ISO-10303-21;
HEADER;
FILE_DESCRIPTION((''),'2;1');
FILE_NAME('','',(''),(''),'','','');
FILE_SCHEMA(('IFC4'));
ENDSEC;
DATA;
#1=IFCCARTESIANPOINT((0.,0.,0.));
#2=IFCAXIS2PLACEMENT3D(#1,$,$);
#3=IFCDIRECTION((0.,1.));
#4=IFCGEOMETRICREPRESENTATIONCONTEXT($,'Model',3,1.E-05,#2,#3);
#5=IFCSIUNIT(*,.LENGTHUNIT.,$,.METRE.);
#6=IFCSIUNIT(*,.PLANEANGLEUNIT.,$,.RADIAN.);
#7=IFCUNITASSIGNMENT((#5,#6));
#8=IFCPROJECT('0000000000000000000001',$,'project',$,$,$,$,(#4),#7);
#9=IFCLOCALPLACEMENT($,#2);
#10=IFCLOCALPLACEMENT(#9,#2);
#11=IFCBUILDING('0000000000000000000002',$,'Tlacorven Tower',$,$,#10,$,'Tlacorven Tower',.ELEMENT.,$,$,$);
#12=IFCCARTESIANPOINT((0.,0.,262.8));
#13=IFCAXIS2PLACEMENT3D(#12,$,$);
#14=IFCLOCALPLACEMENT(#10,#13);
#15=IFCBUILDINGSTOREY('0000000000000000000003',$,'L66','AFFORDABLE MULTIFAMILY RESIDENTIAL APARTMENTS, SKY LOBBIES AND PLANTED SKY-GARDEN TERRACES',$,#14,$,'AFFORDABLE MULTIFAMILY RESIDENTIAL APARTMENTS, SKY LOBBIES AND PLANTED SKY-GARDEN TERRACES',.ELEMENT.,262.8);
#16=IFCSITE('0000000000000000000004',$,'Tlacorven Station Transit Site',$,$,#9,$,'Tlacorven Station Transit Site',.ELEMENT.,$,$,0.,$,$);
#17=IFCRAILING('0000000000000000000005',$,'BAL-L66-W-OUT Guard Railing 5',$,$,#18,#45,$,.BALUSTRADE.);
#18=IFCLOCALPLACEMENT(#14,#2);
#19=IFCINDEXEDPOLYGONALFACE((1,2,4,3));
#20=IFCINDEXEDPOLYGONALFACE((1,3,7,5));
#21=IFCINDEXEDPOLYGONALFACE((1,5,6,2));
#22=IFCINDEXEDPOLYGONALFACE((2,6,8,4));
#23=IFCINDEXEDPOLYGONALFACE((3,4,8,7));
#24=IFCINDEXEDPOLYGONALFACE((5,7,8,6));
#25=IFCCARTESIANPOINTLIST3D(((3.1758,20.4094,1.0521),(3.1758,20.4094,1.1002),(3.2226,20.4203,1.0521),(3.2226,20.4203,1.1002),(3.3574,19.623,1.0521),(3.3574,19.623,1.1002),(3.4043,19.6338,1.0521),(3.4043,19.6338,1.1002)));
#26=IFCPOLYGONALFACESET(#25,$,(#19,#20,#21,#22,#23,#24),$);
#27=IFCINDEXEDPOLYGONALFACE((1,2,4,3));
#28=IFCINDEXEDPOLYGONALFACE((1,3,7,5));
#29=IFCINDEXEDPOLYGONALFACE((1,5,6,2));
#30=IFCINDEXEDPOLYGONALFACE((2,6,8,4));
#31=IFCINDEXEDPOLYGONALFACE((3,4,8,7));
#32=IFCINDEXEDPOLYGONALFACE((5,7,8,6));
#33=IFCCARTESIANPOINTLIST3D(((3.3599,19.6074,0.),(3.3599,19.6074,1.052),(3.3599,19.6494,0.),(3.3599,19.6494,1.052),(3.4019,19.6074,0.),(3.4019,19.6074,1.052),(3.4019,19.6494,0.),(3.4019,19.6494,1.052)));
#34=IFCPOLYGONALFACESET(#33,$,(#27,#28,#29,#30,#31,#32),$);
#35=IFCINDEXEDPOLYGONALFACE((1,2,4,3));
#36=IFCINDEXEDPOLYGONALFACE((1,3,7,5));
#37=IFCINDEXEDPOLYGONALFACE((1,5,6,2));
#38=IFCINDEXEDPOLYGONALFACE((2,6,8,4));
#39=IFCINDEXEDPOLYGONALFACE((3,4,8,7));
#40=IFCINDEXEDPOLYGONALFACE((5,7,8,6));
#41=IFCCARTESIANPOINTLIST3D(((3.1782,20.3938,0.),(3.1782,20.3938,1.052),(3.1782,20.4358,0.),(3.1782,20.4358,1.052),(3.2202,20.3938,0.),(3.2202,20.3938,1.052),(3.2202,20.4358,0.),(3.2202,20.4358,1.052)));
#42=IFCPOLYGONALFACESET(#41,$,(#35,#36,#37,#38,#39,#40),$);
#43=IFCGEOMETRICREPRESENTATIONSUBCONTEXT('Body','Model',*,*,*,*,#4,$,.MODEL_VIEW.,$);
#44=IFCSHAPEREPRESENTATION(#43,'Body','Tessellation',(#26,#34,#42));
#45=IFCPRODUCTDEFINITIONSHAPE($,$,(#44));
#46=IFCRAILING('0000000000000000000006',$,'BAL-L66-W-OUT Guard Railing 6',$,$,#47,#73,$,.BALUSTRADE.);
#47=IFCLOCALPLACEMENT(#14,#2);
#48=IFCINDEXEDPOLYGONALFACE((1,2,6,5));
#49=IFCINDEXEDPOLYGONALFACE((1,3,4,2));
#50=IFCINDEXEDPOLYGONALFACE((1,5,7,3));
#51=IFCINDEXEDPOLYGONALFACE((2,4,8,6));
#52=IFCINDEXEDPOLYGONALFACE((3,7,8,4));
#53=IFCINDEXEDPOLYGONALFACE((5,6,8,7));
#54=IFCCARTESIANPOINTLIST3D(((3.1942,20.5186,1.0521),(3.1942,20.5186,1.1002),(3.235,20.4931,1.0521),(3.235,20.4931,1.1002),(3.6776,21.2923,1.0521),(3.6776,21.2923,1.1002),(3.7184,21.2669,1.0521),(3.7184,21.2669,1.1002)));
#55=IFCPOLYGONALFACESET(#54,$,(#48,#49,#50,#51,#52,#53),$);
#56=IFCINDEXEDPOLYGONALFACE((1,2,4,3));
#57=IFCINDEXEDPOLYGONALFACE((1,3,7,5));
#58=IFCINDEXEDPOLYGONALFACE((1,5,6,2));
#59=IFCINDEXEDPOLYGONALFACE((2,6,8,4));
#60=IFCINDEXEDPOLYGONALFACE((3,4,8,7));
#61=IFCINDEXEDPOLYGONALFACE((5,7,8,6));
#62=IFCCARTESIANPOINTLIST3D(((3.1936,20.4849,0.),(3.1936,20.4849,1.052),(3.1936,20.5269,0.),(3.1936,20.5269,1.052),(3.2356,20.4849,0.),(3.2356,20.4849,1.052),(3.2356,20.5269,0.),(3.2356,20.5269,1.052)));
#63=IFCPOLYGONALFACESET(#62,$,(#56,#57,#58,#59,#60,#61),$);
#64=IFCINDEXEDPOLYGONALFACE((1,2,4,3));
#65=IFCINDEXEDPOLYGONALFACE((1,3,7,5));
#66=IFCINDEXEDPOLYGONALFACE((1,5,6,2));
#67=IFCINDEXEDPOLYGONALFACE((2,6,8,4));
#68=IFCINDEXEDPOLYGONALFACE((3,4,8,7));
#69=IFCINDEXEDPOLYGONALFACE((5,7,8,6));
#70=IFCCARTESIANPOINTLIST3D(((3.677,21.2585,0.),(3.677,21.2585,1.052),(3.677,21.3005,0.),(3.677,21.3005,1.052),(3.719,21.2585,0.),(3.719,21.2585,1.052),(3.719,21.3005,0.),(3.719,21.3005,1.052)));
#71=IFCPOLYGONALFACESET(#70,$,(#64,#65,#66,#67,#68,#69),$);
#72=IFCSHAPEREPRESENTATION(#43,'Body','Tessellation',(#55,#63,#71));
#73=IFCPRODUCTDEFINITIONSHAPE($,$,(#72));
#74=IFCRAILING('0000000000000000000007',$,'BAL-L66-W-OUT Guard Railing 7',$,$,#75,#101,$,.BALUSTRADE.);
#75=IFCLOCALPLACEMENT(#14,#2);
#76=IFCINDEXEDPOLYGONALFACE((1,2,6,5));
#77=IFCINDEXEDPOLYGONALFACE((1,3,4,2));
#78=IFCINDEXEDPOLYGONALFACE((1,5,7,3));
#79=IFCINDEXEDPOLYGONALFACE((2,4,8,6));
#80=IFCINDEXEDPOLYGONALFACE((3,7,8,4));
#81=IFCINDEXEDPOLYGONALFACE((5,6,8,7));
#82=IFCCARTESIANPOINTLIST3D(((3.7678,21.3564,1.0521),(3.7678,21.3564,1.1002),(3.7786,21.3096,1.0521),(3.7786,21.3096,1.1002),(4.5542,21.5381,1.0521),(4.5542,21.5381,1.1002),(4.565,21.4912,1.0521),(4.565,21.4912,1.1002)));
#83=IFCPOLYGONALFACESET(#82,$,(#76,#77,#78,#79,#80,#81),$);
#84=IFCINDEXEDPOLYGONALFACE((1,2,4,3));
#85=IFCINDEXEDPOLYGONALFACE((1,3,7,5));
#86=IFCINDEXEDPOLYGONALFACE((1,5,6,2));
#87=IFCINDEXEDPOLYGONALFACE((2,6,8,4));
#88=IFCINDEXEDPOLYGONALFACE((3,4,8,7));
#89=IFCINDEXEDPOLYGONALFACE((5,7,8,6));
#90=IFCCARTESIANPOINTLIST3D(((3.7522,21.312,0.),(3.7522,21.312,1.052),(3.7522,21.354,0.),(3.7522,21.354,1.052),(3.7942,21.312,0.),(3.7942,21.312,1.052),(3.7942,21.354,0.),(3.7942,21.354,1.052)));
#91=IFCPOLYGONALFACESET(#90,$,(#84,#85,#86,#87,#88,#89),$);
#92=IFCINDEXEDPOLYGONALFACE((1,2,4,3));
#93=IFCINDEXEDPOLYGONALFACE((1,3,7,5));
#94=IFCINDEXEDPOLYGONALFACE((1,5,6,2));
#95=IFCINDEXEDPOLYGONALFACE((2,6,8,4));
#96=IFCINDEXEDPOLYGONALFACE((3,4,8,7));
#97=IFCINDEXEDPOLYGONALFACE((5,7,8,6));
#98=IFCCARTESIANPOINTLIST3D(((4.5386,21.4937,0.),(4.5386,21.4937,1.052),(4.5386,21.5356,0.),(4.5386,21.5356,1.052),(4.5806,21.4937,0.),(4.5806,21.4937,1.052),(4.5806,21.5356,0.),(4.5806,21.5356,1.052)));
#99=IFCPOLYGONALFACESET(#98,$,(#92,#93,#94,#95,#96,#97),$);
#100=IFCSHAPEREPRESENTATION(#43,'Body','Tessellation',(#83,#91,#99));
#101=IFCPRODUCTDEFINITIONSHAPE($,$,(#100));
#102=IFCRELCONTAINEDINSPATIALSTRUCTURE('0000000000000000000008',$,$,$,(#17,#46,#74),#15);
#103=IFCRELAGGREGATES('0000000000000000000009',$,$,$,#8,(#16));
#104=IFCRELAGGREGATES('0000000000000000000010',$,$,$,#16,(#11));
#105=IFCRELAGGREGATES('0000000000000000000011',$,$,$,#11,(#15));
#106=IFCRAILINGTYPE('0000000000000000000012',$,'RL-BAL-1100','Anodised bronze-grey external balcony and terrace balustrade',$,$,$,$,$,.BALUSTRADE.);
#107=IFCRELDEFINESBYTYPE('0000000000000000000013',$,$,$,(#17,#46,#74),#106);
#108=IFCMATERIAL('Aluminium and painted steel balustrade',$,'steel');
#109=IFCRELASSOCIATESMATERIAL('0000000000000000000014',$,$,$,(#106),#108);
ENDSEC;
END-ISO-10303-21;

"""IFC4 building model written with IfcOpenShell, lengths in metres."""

from ifc_helpers import new_model, si_unit, direction, frame, origin, origin_2d, place, context, subcontext, project, spatial, rectangle, extrude, source, transform, mapped, material, type_object, element, save


model = new_model("IFC4")

# Units and contexts
model_context = context("Model", 3, precision=1e-05, world=origin(), true_north=direction((0.0, 1.0)))
body_context = subcontext(model_context, "Body", "Model", "MODEL_VIEW")
ifc_project = project(units=[si_unit("LENGTHUNIT", "METRE"), si_unit("PLANEANGLEUNIT", "RADIAN")], contexts=[model_context])

# Site, building, storey
site_placement = place(None, origin())
site = spatial("IfcSite", under=ifc_project, at=site_placement, Name="Tlacorven Station Transit Site", LongName="Tlacorven Station Transit Site", CompositionType="ELEMENT", RefElevation=0.0)
building_placement = place(site_placement, origin())
building = spatial("IfcBuilding", under=site, at=building_placement, Name="Tlacorven Tower", LongName="Tlacorven Tower", CompositionType="ELEMENT")
storey_placement = place(building_placement, frame((0.0, 0.0, 262.8)))
storey = spatial("IfcBuildingStorey", under=building, at=storey_placement, Name="L66", Description="AFFORDABLE MULTIFAMILY RESIDENTIAL APARTMENTS, SKY LOBBIES AND PLANTED SKY-GARDEN TERRACES", LongName="AFFORDABLE MULTIFAMILY RESIDENTIAL APARTMENTS, SKY LOBBIES AND PLANTED SKY-GARDEN TERRACES", CompositionType="ELEMENT", Elevation=262.8)

# Railings
ifc_material_1 = material(Name="Aluminium and painted steel balustrade", Category="steel")
railing_type = type_object("IfcRailingType", Name="RL-BAL-1100", Description="Anodised bronze-grey external balcony and terrace balustrade", PredefinedType="BALUSTRADE", material=ifc_material_1)
shared_shape_1 = source(origin(), body_context, "Body", "SweptSolid", [
    extrude(rectangle(XDim=0.0481, YDim=0.0481, at=origin_2d()), frame((0.0, 0.0, 1.0762), z_axis=(-0.225058, 0.974345, 0.0), x_axis=(-0.974345, -0.225058, 0.0)), (0.0, 0.0, 1.0), 0.8071),
    extrude(rectangle(XDim=0.042, YDim=0.042, at=origin_2d()), origin(), (0.0, 0.0, 1.0), 1.052),
    extrude(rectangle(XDim=0.042, YDim=0.042, at=origin_2d()), frame((-0.1816, 0.7864, 0.0)), (0.0, 0.0, 1.0), 1.052),
])
railing_1_placement = place(storey_placement, frame((3.3809, 19.6284, 0.0)))
element("IfcRailing", 1, at=railing_1_placement, inside=storey, type_object=railing_type, Name="BAL-L66-W-OUT Guard Railing 5", PredefinedType="BALUSTRADE", context=body_context, shape_type="MappedRepresentation", body=[
    mapped(shared_shape_1, transform((0.0, 0.0, 0.0), scale=1.0)),
])
shared_shape_2 = source(origin(), body_context, "Body", "SweptSolid", [
    extrude(rectangle(XDim=0.0481, YDim=0.0481, at=origin_2d()), frame((0.0, 0.0, 1.0762), z_axis=(0.529879, 0.848073, 0.0), x_axis=(-0.848073, 0.529879, 0.0)), (0.0, 0.0, 1.0), 0.9124),
    extrude(rectangle(XDim=0.042, YDim=0.042, at=origin_2d()), origin(), (0.0, 0.0, 1.0), 1.052),
    extrude(rectangle(XDim=0.042, YDim=0.042, at=origin_2d()), frame((0.4834, 0.7737, 0.0)), (0.0, 0.0, 1.0), 1.052),
])
railing_2_placement = place(storey_placement, frame((3.2146, 20.5059, 0.0)))
element("IfcRailing", 2, at=railing_2_placement, inside=storey, type_object=railing_type, Name="BAL-L66-W-OUT Guard Railing 6", PredefinedType="BALUSTRADE", context=body_context, shape_type="MappedRepresentation", body=[
    mapped(shared_shape_2, transform((0.0, 0.0, 0.0), scale=1.0)),
])
shared_shape_3 = source(origin(), body_context, "Body", "SweptSolid", [
    extrude(rectangle(XDim=0.0481, YDim=0.0481, at=origin_2d()), frame((0.0, 0.0, 1.0762), z_axis=(0.974345, 0.225058, 0.0), x_axis=(-0.225058, 0.974345, 0.0)), (0.0, 0.0, 1.0), 0.8071),
    extrude(rectangle(XDim=0.042, YDim=0.042, at=origin_2d()), origin(), (0.0, 0.0, 1.0), 1.052),
    extrude(rectangle(XDim=0.042, YDim=0.042, at=origin_2d()), frame((0.7864, 0.1816, 0.0)), (0.0, 0.0, 1.0), 1.052),
])
railing_3_placement = place(storey_placement, frame((3.7732, 21.333, 0.0)))
element("IfcRailing", 3, at=railing_3_placement, inside=storey, type_object=railing_type, Name="BAL-L66-W-OUT Guard Railing 7", PredefinedType="BALUSTRADE", context=body_context, shape_type="MappedRepresentation", body=[
    mapped(shared_shape_3, transform((0.0, 0.0, 0.0), scale=1.0)),
])

save(model, "model.ifc")
